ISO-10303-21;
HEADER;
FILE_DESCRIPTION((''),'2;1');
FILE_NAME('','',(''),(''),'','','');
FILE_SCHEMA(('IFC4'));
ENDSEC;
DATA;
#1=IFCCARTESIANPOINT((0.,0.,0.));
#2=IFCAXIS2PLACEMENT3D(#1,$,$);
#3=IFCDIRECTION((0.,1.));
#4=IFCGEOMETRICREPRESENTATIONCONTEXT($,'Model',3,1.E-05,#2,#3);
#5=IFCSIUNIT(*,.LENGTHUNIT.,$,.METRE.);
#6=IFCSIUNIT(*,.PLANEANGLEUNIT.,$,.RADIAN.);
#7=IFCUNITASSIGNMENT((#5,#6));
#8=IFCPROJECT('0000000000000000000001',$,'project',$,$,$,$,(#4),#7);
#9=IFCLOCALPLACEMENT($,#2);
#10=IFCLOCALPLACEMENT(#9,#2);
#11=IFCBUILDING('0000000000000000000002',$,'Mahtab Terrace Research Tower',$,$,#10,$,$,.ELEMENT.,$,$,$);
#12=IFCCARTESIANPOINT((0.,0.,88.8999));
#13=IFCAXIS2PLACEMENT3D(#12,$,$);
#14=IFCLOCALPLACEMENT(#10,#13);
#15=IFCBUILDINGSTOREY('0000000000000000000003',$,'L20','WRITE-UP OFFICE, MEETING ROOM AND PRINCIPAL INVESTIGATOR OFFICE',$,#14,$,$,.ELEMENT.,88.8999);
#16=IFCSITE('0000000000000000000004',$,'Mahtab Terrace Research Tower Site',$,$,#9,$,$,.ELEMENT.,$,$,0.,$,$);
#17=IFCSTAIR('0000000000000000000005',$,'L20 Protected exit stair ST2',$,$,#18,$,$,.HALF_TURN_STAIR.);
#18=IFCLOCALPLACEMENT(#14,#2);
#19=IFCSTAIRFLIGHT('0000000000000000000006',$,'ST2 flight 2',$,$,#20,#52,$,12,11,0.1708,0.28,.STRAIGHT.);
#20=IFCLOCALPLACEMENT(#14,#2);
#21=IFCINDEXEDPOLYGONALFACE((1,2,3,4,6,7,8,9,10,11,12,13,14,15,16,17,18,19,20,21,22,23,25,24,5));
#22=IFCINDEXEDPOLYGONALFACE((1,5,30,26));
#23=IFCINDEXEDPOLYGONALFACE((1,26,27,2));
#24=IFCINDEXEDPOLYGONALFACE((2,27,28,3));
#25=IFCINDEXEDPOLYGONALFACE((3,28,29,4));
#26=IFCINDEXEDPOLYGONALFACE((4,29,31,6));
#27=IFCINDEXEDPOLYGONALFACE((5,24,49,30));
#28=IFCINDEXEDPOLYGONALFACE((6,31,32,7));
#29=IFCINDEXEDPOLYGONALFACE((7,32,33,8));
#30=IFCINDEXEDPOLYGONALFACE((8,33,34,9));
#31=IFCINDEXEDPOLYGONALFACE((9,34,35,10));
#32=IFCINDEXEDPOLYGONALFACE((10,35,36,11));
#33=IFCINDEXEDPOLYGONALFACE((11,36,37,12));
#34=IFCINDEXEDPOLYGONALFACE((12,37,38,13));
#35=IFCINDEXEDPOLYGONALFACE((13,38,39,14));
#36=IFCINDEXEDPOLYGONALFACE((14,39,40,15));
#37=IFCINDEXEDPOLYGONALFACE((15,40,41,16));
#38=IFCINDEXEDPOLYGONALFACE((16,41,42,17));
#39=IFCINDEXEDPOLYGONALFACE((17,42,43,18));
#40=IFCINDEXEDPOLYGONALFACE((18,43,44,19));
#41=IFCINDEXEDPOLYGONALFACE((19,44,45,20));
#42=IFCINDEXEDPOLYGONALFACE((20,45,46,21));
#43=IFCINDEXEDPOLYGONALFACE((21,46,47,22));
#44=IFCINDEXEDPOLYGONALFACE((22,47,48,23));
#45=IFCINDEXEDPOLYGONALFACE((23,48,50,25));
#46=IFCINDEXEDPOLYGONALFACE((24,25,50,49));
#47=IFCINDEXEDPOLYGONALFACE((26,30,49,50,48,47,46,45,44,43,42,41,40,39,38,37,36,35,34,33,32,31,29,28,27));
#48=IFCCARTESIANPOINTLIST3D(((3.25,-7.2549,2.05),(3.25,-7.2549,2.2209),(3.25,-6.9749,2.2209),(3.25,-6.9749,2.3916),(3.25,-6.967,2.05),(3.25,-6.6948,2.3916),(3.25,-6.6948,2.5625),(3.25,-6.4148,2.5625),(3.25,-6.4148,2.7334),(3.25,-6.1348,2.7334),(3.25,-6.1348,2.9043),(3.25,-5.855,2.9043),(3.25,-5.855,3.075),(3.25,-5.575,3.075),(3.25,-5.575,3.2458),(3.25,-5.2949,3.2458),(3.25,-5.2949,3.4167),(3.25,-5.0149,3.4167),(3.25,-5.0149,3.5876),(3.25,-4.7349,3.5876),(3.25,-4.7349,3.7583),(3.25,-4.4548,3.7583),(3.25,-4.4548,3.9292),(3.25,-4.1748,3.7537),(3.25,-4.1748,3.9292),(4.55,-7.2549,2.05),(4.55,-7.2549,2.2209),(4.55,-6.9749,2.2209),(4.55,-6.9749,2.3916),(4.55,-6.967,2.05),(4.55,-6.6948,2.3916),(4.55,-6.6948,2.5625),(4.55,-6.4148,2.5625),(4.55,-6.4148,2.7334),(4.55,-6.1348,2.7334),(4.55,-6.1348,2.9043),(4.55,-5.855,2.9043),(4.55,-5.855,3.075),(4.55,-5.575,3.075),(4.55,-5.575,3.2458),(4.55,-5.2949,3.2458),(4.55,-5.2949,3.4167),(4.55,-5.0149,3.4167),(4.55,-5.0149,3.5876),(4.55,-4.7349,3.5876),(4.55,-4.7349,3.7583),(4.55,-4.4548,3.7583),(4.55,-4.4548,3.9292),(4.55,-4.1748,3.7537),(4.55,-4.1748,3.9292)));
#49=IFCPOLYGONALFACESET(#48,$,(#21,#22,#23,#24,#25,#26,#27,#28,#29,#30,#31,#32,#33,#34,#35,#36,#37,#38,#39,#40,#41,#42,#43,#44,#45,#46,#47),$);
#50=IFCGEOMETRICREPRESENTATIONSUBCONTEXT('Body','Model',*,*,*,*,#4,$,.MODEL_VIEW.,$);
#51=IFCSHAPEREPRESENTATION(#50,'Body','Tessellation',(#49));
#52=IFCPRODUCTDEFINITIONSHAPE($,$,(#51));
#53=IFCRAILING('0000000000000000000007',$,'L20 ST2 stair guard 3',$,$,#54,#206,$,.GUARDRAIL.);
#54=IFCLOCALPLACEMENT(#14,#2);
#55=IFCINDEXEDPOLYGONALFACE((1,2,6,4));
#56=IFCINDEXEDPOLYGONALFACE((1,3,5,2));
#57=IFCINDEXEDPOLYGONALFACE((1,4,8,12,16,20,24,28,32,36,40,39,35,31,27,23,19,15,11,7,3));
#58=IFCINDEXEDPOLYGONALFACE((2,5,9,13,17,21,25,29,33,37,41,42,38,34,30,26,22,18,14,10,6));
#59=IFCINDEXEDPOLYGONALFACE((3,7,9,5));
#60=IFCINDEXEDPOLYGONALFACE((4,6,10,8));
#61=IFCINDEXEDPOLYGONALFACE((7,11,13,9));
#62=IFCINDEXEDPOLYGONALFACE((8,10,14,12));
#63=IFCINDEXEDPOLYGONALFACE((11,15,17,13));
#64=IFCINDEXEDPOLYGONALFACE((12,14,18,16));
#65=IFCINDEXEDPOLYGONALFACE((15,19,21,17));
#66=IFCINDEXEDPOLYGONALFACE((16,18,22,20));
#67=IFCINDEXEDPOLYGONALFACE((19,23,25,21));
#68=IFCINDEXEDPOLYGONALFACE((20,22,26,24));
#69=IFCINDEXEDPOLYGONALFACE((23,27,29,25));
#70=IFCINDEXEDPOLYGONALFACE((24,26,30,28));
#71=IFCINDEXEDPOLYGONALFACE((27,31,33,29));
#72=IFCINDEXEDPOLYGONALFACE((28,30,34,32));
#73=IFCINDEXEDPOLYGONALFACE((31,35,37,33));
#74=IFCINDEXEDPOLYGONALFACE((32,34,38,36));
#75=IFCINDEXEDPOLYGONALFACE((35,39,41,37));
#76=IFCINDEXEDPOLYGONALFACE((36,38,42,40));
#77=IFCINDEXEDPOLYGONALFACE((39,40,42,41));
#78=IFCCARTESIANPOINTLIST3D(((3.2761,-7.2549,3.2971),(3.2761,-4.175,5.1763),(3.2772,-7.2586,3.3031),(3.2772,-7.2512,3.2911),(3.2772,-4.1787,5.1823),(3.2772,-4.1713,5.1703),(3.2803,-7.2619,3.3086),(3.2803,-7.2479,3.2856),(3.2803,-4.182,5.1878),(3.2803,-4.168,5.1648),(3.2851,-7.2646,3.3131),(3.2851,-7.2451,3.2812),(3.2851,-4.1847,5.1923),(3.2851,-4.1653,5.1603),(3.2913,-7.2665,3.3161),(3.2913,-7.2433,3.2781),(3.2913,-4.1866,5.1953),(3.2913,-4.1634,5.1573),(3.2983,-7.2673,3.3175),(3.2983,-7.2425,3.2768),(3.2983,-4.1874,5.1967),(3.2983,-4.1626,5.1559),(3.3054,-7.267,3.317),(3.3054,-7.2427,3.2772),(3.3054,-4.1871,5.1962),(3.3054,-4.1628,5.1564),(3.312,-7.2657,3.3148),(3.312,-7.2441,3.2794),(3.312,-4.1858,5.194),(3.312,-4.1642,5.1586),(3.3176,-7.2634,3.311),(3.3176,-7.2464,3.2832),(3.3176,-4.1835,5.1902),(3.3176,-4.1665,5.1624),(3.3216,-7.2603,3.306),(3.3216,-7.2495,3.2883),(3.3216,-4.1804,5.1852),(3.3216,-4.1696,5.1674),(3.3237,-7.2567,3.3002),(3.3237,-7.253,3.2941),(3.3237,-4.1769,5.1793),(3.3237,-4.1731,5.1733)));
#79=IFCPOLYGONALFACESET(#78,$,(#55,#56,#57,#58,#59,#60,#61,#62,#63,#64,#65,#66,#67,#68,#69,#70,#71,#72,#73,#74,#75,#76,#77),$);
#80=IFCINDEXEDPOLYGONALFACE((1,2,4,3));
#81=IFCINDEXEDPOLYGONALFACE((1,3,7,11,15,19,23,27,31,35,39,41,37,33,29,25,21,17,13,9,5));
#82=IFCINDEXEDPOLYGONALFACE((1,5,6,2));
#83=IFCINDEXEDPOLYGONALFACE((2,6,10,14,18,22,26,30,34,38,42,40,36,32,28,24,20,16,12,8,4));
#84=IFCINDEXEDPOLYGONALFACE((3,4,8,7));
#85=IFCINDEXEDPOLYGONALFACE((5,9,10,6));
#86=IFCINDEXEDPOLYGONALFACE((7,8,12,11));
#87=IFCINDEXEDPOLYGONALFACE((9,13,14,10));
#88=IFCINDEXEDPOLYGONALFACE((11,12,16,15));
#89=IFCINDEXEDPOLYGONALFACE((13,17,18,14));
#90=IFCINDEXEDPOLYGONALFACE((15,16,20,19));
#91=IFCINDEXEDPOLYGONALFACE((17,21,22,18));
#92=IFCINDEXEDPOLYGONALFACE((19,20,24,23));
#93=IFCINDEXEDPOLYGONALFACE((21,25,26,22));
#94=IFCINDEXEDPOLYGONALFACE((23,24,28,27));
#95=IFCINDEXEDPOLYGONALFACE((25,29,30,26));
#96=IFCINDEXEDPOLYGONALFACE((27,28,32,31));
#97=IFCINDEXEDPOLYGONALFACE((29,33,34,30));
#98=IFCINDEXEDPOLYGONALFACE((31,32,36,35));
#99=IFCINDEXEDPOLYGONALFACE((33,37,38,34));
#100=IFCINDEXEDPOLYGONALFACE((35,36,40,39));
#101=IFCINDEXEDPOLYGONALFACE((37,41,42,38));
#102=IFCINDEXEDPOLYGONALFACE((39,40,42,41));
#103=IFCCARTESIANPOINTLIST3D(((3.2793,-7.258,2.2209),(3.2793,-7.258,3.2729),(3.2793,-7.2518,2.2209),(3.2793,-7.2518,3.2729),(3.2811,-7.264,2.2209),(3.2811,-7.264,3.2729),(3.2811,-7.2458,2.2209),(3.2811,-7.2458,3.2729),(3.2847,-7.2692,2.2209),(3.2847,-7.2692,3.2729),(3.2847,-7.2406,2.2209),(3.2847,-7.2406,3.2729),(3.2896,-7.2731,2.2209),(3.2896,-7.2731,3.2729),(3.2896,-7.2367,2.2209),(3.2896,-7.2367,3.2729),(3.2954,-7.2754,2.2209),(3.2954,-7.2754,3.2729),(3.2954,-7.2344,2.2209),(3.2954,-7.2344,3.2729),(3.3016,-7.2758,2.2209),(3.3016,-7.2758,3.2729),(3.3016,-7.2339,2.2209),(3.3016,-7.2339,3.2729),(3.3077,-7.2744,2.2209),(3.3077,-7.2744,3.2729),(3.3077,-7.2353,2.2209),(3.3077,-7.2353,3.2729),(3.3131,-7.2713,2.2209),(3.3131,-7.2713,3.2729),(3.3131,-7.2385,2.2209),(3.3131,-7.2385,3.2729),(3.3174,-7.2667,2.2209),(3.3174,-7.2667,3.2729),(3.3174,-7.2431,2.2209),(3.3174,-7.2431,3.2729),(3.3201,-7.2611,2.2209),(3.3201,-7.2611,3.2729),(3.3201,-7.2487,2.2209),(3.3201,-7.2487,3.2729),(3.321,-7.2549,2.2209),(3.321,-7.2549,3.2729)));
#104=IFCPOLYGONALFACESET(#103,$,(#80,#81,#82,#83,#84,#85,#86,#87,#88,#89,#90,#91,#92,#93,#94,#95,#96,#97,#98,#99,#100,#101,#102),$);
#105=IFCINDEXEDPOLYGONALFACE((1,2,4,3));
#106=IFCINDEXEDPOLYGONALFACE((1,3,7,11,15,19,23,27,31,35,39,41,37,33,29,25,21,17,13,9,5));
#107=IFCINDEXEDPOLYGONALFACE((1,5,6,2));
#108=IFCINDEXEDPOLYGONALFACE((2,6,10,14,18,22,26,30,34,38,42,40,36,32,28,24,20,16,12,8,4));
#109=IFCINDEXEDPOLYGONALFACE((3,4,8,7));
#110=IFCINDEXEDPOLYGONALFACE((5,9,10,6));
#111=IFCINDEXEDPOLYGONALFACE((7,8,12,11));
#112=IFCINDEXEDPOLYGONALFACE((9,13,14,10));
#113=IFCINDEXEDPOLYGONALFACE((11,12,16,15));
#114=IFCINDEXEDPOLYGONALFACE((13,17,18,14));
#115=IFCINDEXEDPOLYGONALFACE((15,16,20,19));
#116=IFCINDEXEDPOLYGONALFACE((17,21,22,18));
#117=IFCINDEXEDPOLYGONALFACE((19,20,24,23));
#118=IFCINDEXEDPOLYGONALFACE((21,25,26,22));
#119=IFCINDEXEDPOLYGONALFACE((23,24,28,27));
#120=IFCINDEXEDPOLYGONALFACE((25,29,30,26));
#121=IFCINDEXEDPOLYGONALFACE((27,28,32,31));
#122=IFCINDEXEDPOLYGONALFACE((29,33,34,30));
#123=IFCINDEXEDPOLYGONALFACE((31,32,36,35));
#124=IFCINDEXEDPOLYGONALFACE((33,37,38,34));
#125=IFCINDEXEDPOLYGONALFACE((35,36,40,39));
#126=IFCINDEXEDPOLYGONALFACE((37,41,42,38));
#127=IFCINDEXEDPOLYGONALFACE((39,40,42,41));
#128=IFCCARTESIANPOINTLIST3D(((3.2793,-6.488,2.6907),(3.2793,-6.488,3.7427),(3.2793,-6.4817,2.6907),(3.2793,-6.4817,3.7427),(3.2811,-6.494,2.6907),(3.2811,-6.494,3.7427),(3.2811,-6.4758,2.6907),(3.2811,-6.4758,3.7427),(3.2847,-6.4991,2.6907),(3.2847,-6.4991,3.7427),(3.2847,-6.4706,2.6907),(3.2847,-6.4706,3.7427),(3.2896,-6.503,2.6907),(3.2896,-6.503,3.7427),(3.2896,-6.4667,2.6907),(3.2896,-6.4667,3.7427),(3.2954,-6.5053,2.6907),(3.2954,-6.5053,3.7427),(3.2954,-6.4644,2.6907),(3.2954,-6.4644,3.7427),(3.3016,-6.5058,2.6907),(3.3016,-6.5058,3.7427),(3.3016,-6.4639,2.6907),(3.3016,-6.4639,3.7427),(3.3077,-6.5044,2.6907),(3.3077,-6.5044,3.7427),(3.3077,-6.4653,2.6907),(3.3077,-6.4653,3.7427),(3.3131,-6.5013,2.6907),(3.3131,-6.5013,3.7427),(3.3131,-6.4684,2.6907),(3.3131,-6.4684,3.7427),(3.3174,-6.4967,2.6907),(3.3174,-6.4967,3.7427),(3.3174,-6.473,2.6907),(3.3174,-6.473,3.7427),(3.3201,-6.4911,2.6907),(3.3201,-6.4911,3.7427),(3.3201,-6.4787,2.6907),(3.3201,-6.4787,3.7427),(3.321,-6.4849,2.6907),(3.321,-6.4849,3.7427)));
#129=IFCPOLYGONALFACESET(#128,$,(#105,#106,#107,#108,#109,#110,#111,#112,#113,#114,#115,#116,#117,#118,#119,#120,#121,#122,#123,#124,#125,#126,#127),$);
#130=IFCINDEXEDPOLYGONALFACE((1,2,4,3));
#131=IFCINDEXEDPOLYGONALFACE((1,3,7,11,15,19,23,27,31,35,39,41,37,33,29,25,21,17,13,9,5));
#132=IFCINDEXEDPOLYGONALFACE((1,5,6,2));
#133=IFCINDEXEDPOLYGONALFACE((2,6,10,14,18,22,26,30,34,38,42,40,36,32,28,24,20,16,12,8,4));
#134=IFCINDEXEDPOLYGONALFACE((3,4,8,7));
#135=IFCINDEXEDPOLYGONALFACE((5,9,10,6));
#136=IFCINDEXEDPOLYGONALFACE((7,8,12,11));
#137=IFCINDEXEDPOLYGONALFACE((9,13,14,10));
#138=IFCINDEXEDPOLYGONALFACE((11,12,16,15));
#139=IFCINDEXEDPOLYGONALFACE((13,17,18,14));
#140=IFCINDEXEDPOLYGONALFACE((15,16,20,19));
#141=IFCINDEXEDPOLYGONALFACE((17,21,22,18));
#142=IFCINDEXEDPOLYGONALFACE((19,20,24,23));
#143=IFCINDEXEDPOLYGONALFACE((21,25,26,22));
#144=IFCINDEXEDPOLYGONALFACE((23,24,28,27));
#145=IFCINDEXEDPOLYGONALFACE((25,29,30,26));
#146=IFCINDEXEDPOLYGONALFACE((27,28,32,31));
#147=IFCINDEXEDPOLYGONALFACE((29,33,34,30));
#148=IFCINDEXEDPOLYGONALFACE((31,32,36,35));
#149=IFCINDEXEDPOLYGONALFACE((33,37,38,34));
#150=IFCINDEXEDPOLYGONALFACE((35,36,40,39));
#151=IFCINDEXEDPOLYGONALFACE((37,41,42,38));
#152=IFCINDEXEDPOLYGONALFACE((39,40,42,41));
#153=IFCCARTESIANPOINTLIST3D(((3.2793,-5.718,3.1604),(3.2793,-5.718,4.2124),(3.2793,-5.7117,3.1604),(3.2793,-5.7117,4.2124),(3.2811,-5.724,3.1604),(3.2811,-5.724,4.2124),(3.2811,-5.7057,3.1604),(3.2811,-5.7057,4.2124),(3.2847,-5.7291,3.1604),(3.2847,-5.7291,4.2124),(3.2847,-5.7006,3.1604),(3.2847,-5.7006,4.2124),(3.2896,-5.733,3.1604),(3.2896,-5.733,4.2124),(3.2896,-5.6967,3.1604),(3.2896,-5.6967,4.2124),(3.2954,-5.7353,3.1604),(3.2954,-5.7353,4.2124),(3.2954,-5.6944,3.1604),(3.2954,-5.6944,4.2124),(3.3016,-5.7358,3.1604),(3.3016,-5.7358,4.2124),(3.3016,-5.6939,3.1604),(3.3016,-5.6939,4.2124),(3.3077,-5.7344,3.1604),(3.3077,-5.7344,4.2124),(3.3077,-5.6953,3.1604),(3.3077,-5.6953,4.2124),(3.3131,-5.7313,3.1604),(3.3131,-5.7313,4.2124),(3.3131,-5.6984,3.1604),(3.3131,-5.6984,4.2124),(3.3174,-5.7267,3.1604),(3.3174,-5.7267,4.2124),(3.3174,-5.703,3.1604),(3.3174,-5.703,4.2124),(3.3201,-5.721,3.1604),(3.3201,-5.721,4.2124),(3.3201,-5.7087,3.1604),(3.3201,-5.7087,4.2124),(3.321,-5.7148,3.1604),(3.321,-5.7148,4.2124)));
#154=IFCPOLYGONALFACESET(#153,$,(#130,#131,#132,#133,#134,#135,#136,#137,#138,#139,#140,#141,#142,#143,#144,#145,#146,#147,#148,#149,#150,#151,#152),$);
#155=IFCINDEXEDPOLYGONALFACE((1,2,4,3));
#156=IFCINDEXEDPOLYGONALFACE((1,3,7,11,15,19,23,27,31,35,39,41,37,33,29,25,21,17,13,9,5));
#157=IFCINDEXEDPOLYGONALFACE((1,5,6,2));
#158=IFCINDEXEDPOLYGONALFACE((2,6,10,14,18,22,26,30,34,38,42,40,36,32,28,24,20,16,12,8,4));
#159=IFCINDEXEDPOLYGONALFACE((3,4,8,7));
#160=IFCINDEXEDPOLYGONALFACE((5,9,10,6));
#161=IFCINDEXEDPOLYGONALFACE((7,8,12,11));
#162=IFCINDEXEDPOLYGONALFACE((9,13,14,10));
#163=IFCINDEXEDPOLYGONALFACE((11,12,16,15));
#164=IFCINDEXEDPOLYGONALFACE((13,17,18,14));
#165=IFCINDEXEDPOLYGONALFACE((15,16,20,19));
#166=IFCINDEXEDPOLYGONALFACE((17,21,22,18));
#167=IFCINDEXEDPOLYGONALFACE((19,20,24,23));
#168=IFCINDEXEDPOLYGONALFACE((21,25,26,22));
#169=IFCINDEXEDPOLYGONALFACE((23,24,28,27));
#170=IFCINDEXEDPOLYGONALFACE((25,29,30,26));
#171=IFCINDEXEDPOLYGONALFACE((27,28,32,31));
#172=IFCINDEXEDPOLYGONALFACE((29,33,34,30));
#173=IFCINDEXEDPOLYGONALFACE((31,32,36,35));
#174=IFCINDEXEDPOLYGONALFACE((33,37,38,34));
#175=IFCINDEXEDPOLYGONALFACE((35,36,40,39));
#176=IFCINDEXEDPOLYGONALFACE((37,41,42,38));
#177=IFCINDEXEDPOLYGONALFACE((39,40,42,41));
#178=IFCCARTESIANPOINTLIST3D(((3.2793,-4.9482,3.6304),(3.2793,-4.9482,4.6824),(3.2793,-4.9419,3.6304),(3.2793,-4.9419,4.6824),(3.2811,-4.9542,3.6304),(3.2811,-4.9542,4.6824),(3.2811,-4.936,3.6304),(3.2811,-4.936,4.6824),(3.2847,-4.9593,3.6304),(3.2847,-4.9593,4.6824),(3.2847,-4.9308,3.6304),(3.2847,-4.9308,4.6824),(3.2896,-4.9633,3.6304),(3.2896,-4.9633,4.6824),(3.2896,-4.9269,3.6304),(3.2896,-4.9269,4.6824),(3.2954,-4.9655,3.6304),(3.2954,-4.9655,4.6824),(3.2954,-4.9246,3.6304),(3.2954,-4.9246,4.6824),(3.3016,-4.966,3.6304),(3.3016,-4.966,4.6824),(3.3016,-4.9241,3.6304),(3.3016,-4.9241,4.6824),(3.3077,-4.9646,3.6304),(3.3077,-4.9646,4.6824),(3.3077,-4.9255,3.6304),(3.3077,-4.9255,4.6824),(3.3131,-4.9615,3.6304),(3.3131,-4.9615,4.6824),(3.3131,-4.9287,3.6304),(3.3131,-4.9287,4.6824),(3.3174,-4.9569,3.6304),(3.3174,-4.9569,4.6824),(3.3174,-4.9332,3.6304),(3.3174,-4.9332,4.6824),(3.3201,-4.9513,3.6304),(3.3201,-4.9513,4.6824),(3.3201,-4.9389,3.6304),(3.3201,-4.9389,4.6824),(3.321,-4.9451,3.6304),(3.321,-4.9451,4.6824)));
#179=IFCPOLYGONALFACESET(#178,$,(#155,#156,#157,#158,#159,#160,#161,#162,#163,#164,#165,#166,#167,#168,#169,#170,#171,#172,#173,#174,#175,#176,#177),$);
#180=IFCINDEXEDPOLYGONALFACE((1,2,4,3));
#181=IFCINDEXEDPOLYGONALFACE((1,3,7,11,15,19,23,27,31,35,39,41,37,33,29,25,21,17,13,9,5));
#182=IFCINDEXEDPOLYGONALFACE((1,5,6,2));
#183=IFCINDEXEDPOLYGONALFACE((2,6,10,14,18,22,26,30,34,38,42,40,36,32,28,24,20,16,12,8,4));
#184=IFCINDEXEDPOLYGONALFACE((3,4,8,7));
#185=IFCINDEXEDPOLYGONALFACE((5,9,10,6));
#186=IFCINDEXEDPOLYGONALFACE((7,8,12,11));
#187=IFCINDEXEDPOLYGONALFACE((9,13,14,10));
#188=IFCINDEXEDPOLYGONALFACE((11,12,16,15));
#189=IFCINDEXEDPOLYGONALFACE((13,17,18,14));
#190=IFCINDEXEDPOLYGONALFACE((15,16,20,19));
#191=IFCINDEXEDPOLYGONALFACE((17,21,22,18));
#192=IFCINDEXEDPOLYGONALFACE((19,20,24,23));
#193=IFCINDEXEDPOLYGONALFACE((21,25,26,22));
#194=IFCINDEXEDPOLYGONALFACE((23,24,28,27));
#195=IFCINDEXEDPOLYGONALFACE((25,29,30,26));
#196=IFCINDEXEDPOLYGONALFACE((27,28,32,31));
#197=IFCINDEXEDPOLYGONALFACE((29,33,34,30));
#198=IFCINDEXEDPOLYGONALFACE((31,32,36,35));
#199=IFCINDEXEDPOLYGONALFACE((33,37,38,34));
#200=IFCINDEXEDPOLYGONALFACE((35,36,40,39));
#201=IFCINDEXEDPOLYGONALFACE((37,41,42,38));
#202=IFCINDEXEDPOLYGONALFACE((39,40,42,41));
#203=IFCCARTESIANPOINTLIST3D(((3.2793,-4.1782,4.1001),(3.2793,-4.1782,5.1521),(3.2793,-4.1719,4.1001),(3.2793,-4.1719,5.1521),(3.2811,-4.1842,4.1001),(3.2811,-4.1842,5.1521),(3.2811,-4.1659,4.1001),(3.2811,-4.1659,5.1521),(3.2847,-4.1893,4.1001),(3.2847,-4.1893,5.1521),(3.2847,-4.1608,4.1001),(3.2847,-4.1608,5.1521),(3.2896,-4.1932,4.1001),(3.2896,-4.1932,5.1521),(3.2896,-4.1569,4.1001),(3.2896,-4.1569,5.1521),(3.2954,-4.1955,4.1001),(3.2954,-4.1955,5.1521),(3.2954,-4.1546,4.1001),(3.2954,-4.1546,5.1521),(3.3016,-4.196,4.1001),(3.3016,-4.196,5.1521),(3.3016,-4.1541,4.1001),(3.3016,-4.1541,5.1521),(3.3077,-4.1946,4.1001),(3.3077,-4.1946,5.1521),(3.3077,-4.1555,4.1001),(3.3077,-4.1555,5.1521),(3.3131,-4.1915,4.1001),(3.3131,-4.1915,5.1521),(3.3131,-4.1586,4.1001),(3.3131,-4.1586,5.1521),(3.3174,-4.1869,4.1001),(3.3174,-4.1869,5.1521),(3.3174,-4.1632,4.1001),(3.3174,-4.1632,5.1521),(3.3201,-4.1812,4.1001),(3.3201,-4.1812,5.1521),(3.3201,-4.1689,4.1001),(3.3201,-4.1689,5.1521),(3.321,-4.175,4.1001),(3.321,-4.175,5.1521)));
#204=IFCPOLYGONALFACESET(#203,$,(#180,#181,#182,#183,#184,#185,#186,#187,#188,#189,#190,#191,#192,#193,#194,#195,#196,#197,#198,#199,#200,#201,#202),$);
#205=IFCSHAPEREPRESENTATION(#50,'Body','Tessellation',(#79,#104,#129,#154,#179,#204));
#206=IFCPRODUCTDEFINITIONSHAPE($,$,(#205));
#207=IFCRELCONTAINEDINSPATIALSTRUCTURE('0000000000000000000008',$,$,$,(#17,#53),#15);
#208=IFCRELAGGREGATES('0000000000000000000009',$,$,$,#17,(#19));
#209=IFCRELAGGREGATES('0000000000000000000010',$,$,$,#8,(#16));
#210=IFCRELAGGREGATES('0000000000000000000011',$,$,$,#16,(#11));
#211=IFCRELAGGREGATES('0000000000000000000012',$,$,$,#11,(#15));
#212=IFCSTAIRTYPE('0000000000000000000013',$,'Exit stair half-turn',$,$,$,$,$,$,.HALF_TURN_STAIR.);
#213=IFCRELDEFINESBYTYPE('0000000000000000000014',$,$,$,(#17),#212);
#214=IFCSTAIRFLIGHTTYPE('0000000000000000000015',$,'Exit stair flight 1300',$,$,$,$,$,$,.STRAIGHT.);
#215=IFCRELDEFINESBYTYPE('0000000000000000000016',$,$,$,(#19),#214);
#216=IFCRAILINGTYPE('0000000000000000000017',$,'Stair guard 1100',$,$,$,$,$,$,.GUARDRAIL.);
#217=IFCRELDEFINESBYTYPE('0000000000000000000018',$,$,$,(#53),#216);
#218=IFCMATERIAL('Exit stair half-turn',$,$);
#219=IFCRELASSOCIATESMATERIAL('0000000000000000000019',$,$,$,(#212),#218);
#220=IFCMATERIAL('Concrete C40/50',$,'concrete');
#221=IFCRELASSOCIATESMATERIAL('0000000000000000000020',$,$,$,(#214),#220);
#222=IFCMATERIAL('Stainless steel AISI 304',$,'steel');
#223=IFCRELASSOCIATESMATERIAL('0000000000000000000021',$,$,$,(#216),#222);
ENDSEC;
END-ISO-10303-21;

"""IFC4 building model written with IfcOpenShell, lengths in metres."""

from ifc_helpers import new_model, si_unit, direction, frame, origin, origin_2d, place, context, subcontext, project, spatial, polyline, circle, outline, extrude, material, type_object, element, aggregate, save


model = new_model("IFC4")

# Units and contexts
model_context = context("Model", 3, precision=1e-05, world=origin(), true_north=direction((0.0, 1.0)))
body_context = subcontext(model_context, "Body", "Model", "MODEL_VIEW")
ifc_project = project(units=[si_unit("LENGTHUNIT", "METRE"), si_unit("PLANEANGLEUNIT", "RADIAN")], contexts=[model_context])

# Site, building, storey
site_placement = place(None, origin())
site = spatial("IfcSite", under=ifc_project, at=site_placement, Name="Mahtab Terrace Research Tower Site", CompositionType="ELEMENT", RefElevation=0.0)
building_placement = place(site_placement, origin())
building = spatial("IfcBuilding", under=site, at=building_placement, Name="Mahtab Terrace Research Tower", CompositionType="ELEMENT")
storey_placement = place(building_placement, frame((0.0, 0.0, 88.8999)))
storey = spatial("IfcBuildingStorey", under=building, at=storey_placement, Name="L20", Description="WRITE-UP OFFICE, MEETING ROOM AND PRINCIPAL INVESTIGATOR OFFICE", CompositionType="ELEMENT", Elevation=88.8999)

# Stair, stair flight
ifc_material_1 = material(Name="Exit stair half-turn")
stair_type = type_object("IfcStairType", Name="Exit stair half-turn", PredefinedType="HALF_TURN_STAIR", material=ifc_material_1)
stair_placement = place(storey_placement, origin())
stair = element("IfcStair", 1, at=stair_placement, inside=storey, type_object=stair_type, Name="L20 Protected exit stair ST2", PredefinedType="HALF_TURN_STAIR")
ifc_material_2 = material(Name="Concrete C40/50", Category="concrete")
stair_flight_type = type_object("IfcStairFlightType", Name="Exit stair flight 1300", PredefinedType="STRAIGHT", material=ifc_material_2)
stair_flight_placement = place(storey_placement, frame((3.8999, -7.2549, 2.05), z_axis=(0.0, 0.0, 1.0), x_axis=(0.0, 1.0, 0.0)))
stair_flight = element("IfcStairFlight", 2, at=stair_flight_placement, type_object=stair_flight_type, Name="ST2 flight 2", NumberOfRisers=12, NumberOfTreads=11, PredefinedType="STRAIGHT", RiserHeight=0.1708, TreadLength=0.28, context=body_context, shape_type="SweptSolid", body=[
    extrude(outline(polyline([(0.0, 0.0), (0.0, 0.1709), (0.28, 0.1709), (0.28, 0.3416), (0.5601, 0.3416), (0.5601, 0.5125), (0.8401, 0.5125), (0.8401, 0.6833), (1.1201, 0.6833), (1.1201, 0.8542), (1.3999, 0.8542), (1.3999, 1.0249), (1.6799, 1.0249), (1.6799, 1.1958), (1.96, 1.1958), (1.96, 1.3667), (2.24, 1.3667), (2.24, 1.5376), (2.52, 1.5376), (2.52, 1.7083), (2.8, 1.7083), (2.8, 1.8792), (3.0801, 1.8792), (3.0801, 2.05), (3.0801, 1.7036), (0.2878, 0.0), (0.0, 0.0)])), frame((0.0, 0.6499, 0.0), z_axis=(0.0, -1.0, 0.0), x_axis=(1.0, 0.0, 0.0)), (0.0, 0.0, 1.0), 1.3),
])
aggregate(stair, [stair_flight])

# Railing
ifc_material_3 = material(Name="Stainless steel AISI 304", Category="steel")
railing_type_1 = type_object("IfcRailingType", Name="Stair guard 1100", PredefinedType="GUARDRAIL", material=ifc_material_3)
railing_1_placement = place(storey_placement, frame((3.3, -7.2549, 2.2209)))
element("IfcRailing", 3, at=railing_1_placement, inside=storey, type_object=railing_type_1, Name="L20 ST2 stair guard 3", PredefinedType="GUARDRAIL", context=body_context, shape_type="SweptSolid", body=[
    extrude(circle(Radius=0.0239, at=origin_2d()), frame((0.0, 0.0, 1.0762), z_axis=(0.0, 0.853648, 0.52085), x_axis=(-1.0, 0.0, 0.0)), (0.0, 0.0, 1.0), 3.6079),
    extrude(circle(Radius=0.021, at=origin_2d()), origin(), (0.0, 0.0, 1.0), 1.052),
    extrude(circle(Radius=0.021, at=origin_2d()), frame((0.0, 0.77, 0.4697)), (0.0, 0.0, 1.0), 1.052),
    extrude(circle(Radius=0.021, at=origin_2d()), frame((0.0, 1.54, 0.9395)), (0.0, 0.0, 1.0), 1.052),
    extrude(circle(Radius=0.021, at=origin_2d()), frame((0.0, 2.3098, 1.4094)), (0.0, 0.0, 1.0), 1.052),
    extrude(circle(Radius=0.021, at=origin_2d()), frame((0.0, 3.0798, 1.8792)), (0.0, 0.0, 1.0), 1.052),
])

save(model, "model.ifc")
